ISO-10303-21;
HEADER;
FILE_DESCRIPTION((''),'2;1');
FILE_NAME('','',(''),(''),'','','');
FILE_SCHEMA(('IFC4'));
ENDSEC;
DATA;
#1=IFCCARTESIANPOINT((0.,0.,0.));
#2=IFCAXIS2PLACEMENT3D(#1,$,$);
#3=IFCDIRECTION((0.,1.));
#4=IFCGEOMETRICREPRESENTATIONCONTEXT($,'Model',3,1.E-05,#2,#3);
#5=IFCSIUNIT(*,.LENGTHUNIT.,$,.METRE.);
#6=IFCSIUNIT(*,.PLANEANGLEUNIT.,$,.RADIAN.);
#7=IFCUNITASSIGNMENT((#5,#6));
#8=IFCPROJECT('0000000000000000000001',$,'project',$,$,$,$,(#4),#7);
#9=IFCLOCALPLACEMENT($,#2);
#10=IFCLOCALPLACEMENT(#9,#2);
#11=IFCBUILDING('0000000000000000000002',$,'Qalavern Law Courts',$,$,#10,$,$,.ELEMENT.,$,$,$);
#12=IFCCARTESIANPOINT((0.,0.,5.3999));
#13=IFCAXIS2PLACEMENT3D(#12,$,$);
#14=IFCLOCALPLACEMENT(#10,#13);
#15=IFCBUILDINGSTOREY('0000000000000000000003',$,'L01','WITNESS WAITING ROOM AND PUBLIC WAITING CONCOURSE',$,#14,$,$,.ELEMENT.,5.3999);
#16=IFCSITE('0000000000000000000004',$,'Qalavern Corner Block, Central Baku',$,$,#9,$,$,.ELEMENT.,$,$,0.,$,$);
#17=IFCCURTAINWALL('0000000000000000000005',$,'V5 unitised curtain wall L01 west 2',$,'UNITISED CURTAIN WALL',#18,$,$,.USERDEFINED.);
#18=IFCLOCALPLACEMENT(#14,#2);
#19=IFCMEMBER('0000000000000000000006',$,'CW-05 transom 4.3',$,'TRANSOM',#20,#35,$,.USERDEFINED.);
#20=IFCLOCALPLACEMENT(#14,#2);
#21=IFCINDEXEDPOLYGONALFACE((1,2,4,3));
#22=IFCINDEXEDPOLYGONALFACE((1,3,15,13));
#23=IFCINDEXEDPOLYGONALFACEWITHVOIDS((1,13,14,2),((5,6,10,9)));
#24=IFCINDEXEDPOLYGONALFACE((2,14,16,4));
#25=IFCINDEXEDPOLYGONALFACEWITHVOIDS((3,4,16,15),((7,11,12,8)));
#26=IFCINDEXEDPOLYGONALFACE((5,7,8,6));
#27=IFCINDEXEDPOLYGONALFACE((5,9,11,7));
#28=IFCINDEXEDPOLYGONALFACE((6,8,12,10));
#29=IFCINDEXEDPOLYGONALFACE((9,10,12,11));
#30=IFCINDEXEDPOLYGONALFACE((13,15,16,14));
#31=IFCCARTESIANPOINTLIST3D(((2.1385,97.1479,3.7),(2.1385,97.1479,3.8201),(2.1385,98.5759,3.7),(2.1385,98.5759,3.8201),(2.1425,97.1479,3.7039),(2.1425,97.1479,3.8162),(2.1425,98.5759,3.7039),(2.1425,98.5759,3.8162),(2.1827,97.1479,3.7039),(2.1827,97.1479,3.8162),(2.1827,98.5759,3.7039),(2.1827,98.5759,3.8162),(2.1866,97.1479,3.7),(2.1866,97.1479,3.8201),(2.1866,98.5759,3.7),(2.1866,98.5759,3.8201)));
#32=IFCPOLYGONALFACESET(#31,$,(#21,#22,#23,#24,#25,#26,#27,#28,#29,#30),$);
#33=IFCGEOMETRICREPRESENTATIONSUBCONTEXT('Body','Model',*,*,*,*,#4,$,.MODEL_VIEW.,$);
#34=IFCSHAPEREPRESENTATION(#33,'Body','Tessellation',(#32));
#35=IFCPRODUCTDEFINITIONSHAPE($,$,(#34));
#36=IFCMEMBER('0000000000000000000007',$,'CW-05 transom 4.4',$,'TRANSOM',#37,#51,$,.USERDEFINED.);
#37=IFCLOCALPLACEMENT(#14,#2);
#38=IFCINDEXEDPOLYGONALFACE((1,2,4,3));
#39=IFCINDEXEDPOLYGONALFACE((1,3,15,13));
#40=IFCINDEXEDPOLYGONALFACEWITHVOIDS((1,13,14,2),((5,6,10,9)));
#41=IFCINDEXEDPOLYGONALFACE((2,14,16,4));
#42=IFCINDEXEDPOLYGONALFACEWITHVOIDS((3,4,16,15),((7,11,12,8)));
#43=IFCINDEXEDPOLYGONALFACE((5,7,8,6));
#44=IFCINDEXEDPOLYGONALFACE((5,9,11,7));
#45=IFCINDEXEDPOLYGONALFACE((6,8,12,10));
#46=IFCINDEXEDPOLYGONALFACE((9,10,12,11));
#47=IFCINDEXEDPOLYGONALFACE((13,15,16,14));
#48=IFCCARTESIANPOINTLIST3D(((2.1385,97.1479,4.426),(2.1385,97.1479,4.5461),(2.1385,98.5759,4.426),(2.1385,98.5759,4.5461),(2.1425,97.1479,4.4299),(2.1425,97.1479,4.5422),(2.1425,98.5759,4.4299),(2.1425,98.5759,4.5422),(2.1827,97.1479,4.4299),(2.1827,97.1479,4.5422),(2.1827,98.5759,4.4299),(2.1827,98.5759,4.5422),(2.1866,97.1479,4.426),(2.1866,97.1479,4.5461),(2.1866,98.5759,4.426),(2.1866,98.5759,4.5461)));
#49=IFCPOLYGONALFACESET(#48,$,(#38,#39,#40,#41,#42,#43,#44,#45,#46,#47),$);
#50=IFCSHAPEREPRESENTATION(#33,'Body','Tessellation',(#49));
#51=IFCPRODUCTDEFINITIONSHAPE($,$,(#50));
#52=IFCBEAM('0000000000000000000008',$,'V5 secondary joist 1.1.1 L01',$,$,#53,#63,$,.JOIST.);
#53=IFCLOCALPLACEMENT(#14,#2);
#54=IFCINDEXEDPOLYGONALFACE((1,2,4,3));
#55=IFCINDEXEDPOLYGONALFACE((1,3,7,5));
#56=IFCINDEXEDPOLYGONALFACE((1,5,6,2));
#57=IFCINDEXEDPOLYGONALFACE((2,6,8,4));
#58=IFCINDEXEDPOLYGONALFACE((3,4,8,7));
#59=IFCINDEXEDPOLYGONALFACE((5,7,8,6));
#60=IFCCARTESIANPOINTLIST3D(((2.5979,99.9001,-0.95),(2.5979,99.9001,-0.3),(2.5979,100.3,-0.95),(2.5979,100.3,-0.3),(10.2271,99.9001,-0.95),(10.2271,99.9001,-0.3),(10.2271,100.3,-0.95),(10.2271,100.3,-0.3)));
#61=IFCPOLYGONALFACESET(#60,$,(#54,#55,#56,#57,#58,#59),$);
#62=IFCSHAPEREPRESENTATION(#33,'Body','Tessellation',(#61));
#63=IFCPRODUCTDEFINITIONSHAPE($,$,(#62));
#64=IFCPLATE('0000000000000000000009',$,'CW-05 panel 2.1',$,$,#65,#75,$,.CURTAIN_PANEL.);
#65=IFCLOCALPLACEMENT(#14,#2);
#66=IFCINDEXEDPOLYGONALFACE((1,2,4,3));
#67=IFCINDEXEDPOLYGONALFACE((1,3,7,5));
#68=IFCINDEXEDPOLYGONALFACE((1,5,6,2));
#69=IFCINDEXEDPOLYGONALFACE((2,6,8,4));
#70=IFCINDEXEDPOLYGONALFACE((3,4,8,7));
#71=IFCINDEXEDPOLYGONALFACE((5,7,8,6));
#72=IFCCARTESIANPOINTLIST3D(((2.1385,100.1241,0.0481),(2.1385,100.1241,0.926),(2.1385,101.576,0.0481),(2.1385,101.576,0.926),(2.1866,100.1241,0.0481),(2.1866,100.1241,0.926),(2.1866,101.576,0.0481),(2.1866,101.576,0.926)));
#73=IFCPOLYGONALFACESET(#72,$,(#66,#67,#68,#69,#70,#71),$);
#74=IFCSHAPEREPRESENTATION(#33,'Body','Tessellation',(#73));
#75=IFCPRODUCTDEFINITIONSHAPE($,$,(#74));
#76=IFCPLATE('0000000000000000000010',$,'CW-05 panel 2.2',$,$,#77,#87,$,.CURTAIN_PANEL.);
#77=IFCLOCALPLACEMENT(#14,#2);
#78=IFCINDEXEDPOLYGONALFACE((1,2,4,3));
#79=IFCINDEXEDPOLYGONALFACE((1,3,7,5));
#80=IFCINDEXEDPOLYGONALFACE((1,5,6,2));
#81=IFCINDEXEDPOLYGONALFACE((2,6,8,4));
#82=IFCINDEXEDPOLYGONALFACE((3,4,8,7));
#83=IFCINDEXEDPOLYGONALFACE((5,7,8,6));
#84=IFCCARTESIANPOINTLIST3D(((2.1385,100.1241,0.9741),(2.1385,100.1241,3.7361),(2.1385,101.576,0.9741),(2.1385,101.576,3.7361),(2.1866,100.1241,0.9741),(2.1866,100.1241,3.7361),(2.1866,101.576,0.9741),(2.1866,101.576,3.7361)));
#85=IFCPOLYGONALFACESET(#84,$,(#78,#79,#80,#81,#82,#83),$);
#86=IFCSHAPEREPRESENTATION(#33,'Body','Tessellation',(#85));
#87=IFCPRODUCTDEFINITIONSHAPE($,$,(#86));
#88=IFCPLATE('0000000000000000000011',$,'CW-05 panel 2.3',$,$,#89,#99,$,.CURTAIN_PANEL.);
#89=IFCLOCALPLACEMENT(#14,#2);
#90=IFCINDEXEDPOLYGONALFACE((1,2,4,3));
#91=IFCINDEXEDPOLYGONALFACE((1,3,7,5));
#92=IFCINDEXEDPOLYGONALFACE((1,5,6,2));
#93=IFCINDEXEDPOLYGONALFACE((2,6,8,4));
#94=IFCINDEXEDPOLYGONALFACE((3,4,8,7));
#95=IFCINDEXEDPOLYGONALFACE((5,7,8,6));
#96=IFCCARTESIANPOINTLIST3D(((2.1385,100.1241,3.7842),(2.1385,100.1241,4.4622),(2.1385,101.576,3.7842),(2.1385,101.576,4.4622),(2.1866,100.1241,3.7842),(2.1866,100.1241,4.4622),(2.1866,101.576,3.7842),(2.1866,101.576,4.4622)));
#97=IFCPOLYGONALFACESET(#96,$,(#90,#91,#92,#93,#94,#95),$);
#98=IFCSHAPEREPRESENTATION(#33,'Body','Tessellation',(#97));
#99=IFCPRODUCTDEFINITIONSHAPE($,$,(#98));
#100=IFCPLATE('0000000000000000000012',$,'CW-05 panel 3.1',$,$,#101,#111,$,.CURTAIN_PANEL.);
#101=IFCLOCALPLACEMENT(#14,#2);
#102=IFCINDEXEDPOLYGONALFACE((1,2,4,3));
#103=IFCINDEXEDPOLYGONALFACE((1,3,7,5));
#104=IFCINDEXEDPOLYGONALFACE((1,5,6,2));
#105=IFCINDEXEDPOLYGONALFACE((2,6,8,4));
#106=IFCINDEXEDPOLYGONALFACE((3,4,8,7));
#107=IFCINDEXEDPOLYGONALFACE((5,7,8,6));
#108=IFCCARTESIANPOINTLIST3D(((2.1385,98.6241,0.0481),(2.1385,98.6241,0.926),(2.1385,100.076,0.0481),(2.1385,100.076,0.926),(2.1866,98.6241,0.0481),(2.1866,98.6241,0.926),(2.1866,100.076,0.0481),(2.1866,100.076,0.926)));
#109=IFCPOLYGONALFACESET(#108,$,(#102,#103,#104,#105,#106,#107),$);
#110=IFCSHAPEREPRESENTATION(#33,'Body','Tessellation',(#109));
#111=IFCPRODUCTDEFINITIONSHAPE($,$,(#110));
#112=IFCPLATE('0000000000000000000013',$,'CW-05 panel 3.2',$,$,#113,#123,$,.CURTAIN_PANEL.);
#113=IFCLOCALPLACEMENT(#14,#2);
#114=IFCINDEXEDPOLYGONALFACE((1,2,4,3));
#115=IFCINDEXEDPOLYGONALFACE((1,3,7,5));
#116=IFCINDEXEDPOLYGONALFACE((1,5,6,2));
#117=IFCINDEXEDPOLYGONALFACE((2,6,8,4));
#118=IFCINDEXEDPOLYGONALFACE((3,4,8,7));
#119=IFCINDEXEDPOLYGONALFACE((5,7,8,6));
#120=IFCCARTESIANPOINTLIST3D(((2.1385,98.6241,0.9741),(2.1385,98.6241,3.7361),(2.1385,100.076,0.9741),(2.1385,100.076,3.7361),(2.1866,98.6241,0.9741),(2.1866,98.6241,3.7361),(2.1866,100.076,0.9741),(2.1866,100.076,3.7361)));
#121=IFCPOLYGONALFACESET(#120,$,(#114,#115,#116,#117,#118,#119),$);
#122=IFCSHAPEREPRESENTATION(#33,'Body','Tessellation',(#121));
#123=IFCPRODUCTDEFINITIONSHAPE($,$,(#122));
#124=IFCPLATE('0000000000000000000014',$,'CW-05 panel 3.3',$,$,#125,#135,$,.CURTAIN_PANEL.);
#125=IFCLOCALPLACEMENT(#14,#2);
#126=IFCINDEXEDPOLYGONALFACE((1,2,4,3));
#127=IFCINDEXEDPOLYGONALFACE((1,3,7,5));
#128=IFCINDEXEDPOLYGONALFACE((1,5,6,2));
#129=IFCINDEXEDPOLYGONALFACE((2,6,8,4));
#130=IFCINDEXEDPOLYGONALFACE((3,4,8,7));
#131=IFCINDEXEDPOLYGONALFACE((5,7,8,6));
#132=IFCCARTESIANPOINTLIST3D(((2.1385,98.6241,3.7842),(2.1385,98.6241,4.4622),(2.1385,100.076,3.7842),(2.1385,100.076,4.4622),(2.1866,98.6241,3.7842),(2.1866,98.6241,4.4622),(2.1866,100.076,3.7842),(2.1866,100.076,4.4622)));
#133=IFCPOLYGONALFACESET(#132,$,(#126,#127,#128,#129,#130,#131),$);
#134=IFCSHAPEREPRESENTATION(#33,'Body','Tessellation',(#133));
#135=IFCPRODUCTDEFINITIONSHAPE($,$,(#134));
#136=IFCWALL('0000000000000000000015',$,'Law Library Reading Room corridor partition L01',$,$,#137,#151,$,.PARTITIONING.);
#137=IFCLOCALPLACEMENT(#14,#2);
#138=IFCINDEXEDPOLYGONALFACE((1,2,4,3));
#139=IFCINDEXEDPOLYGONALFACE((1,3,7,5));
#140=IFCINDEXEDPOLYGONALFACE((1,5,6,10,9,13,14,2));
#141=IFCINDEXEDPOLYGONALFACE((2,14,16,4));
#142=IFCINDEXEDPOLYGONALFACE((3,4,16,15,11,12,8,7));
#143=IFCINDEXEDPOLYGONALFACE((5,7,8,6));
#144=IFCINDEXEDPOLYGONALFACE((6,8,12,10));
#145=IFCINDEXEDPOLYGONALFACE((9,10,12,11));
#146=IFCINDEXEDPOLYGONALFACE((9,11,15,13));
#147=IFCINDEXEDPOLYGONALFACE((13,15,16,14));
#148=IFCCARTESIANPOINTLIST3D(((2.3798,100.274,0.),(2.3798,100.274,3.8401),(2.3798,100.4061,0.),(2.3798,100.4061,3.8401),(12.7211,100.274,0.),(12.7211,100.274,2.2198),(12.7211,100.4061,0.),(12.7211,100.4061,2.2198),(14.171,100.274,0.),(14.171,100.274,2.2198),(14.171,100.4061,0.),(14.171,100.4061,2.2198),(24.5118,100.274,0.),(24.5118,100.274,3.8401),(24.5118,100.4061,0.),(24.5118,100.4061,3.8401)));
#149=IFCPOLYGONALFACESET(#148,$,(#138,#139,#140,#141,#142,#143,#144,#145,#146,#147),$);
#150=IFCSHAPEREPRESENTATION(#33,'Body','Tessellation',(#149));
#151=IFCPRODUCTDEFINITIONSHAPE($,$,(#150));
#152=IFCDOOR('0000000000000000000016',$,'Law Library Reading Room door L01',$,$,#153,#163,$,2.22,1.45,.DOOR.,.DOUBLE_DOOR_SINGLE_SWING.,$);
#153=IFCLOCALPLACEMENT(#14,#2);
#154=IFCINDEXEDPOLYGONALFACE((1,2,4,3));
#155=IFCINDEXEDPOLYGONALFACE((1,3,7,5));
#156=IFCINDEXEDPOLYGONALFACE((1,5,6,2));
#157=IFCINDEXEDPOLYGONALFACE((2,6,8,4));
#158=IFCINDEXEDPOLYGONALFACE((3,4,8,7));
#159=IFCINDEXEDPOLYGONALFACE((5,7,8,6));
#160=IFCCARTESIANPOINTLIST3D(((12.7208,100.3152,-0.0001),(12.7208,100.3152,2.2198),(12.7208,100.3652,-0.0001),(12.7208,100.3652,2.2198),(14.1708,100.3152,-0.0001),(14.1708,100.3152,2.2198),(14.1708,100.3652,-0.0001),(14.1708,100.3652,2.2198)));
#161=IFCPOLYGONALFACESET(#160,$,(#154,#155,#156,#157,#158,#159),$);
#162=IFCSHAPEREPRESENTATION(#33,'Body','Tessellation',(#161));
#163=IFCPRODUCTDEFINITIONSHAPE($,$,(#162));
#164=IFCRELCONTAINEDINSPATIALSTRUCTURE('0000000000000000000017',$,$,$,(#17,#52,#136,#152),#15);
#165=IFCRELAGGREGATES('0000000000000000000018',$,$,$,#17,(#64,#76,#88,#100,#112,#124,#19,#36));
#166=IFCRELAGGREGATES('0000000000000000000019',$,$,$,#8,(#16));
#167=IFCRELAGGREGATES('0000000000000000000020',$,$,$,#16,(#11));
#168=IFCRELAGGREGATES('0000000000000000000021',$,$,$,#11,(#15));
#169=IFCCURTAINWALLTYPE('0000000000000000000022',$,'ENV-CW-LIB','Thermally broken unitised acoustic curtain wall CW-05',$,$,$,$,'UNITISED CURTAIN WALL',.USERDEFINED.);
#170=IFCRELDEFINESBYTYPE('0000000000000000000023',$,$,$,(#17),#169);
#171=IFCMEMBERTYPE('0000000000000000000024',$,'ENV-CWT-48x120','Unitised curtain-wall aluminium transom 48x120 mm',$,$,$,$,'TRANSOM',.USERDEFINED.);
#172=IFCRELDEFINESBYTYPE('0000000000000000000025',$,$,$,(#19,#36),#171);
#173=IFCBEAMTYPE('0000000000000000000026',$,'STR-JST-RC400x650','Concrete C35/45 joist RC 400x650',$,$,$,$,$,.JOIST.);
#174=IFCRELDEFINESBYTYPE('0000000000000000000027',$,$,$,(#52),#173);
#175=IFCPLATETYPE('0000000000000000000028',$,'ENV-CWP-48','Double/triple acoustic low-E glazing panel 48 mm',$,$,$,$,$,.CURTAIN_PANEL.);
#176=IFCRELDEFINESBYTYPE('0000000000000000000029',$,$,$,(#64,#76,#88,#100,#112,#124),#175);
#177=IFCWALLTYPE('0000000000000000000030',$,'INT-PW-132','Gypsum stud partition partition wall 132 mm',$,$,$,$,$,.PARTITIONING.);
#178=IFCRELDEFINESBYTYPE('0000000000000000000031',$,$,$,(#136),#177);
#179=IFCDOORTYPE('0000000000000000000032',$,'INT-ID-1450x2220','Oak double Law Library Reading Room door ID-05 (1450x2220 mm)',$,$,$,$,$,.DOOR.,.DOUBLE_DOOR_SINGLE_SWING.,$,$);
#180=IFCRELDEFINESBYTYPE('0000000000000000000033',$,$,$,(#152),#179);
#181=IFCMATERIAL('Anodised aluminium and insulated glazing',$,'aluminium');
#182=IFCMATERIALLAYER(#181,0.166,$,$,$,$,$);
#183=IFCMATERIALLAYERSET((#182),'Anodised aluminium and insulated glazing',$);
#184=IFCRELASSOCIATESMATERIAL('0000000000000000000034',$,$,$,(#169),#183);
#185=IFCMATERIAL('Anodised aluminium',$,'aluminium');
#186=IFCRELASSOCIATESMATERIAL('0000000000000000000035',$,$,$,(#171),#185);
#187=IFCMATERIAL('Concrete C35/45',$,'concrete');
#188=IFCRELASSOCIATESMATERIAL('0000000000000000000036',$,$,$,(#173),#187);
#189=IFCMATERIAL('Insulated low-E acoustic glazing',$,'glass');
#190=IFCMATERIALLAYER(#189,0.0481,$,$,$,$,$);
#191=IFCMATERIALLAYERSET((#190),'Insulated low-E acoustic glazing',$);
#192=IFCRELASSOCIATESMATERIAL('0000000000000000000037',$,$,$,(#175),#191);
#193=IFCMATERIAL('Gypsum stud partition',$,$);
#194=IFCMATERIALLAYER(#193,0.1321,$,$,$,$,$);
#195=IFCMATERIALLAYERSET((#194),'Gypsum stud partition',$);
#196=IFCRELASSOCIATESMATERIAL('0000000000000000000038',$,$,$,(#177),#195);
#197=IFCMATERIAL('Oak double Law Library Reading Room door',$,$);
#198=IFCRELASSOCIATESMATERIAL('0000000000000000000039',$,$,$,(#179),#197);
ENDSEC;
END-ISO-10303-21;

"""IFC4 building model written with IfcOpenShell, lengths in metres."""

from ifc_helpers import new_model, si_unit, direction, frame, frame_2d, origin, origin_2d, place, context, subcontext, project, spatial, rectangle, hollow_rectangle, extrude, material, layer, layer_set, material_profile, profile_set, type_object, element, fill, aggregate, save


model = new_model("IFC4")

# Units and contexts
model_context = context("Model", 3, precision=1e-05, world=origin(), true_north=direction((0.0, 1.0)))
body_context = subcontext(model_context, "Body", "Model", "MODEL_VIEW")
ifc_project = project(units=[si_unit("LENGTHUNIT", "METRE"), si_unit("PLANEANGLEUNIT", "RADIAN")], contexts=[model_context])

# Site, building, storey
site_placement = place(None, origin())
site = spatial("IfcSite", under=ifc_project, at=site_placement, Name="Qalavern Corner Block, Central Baku", CompositionType="ELEMENT", RefElevation=0.0)
building_placement = place(site_placement, origin())
building = spatial("IfcBuilding", under=site, at=building_placement, Name="Qalavern Law Courts", CompositionType="ELEMENT")
storey_placement = place(building_placement, frame((0.0, 0.0, 5.3999)))
storey = spatial("IfcBuildingStorey", under=building, at=storey_placement, Name="L01", Description="WITNESS WAITING ROOM AND PUBLIC WAITING CONCOURSE", CompositionType="ELEMENT", Elevation=5.3999)

# Curtain wall, members
ifc_material_1 = material(Name="Anodised aluminium and insulated glazing", Category="aluminium")
ifc_layer_1 = layer(ifc_material_1, 0.166)
ifc_layer_set_1 = layer_set([ifc_layer_1], Name="Anodised aluminium and insulated glazing")
curtain_wall_type = type_object("IfcCurtainWallType", Name="ENV-CW-LIB", Description="Thermally broken unitised acoustic curtain wall CW-05", ElementType="UNITISED CURTAIN WALL", PredefinedType="USERDEFINED", material=ifc_layer_set_1)
curtain_wall_placement = place(storey_placement, origin())
curtain_wall = element("IfcCurtainWall", 1, at=curtain_wall_placement, inside=storey, type_object=curtain_wall_type, Name="V5 unitised curtain wall L01 west 2", ObjectType="UNITISED CURTAIN WALL", PredefinedType="USERDEFINED")
ifc_material_2 = material(Name="Anodised aluminium", Category="aluminium")
ifc_material_profile_1 = material_profile(ifc_material_2, hollow_rectangle(XDim=0.0481, YDim=0.1201, WallThickness=0.0039, at=origin_2d()), Name="ALU TRANSOM 48x120")
ifc_profile_set_1 = profile_set([ifc_material_profile_1], Name="Anodised aluminium")
member_type_1 = type_object("IfcMemberType", Name="ENV-CWT-48x120", Description="Unitised curtain-wall aluminium transom 48x120 mm", ElementType="TRANSOM", PredefinedType="USERDEFINED", material=ifc_profile_set_1)
member_1_placement = place(storey_placement, frame((2.1626, 98.5759, 3.76), z_axis=(0.0, -1.0, 0.0), x_axis=(1.0, 0.0, 0.0)))
member_1 = element("IfcMember", 2, at=member_1_placement, type_object=member_type_1, Name="CW-05 transom 4.3", ObjectType="TRANSOM", PredefinedType="USERDEFINED", context=body_context, shape_type="SweptSolid", body=[
    extrude(hollow_rectangle(XDim=0.0481, YDim=0.1201, WallThickness=0.0039, at=origin_2d()), origin(), (0.0, 0.0, 1.0), 1.428),
])
member_2_placement = place(storey_placement, frame((2.1626, 98.5759, 4.4861), z_axis=(0.0, -1.0, 0.0), x_axis=(1.0, 0.0, 0.0)))
member_2 = element("IfcMember", 3, at=member_2_placement, type_object=member_type_1, Name="CW-05 transom 4.4", ObjectType="TRANSOM", PredefinedType="USERDEFINED", context=body_context, shape_type="SweptSolid", body=[
    extrude(hollow_rectangle(XDim=0.0481, YDim=0.1201, WallThickness=0.0039, at=origin_2d()), origin(), (0.0, 0.0, 1.0), 1.428),
])

# Beam
ifc_material_3 = material(Name="Concrete C35/45", Category="concrete")
ifc_material_profile_2 = material_profile(ifc_material_3, rectangle(XDim=0.3999, YDim=0.6499, at=origin_2d()), Name="RC 400x650")
ifc_profile_set_2 = profile_set([ifc_material_profile_2], Name="Concrete C35/45")
beam_type = type_object("IfcBeamType", Name="STR-JST-RC400x650", Description="Concrete C35/45 joist RC 400x650", PredefinedType="JOIST", material=ifc_profile_set_2)
beam_placement = place(storey_placement, frame((2.5979, 100.1001, -0.625), z_axis=(1.0, 0.0, 0.0), x_axis=(0.0, 1.0, 0.0)))
element("IfcBeam", 4, at=beam_placement, inside=storey, type_object=beam_type, Name="V5 secondary joist 1.1.1 L01", PredefinedType="JOIST", context=body_context, shape_type="SweptSolid", body=[
    extrude(rectangle(XDim=0.3999, YDim=0.6499, at=origin_2d()), origin(), (0.0, 0.0, 1.0), 7.6292),
])

# Plates
ifc_material_4 = material(Name="Insulated low-E acoustic glazing", Category="glass")
ifc_layer_2 = layer(ifc_material_4, 0.0481)
ifc_layer_set_2 = layer_set([ifc_layer_2], Name="Insulated low-E acoustic glazing")
plate_type = type_object("IfcPlateType", Name="ENV-CWP-48", Description="Double/triple acoustic low-E glazing panel 48 mm", PredefinedType="CURTAIN_PANEL", material=ifc_layer_set_2)
plate_1_placement = place(storey_placement, frame((2.1626, 100.8501, 0.0481), z_axis=(0.0, 0.0, 1.0), x_axis=(0.0, -1.0, 0.0)))
plate_1 = element("IfcPlate", 5, at=plate_1_placement, type_object=plate_type, Name="CW-05 panel 2.1", PredefinedType="CURTAIN_PANEL", context=body_context, shape_type="SweptSolid", body=[
    extrude(rectangle(XDim=1.4519, YDim=0.0481, at=origin_2d()), origin(), (0.0, 0.0, 1.0), 0.8779),
])
plate_2_placement = place(storey_placement, frame((2.1626, 100.8501, 0.9741), z_axis=(0.0, 0.0, 1.0), x_axis=(0.0, -1.0, 0.0)))
plate_2 = element("IfcPlate", 6, at=plate_2_placement, type_object=plate_type, Name="CW-05 panel 2.2", PredefinedType="CURTAIN_PANEL", context=body_context, shape_type="SweptSolid", body=[
    extrude(rectangle(XDim=1.4519, YDim=0.0481, at=origin_2d()), origin(), (0.0, 0.0, 1.0), 2.762),
])
plate_3_placement = place(storey_placement, frame((2.1626, 100.8501, 3.7842), z_axis=(0.0, 0.0, 1.0), x_axis=(0.0, -1.0, 0.0)))
plate_3 = element("IfcPlate", 7, at=plate_3_placement, type_object=plate_type, Name="CW-05 panel 2.3", PredefinedType="CURTAIN_PANEL", context=body_context, shape_type="SweptSolid", body=[
    extrude(rectangle(XDim=1.4519, YDim=0.0481, at=origin_2d()), origin(), (0.0, 0.0, 1.0), 0.678),
])
plate_4_placement = place(storey_placement, frame((2.1626, 99.3501, 0.0481), z_axis=(0.0, 0.0, 1.0), x_axis=(0.0, -1.0, 0.0)))
plate_4 = element("IfcPlate", 8, at=plate_4_placement, type_object=plate_type, Name="CW-05 panel 3.1", PredefinedType="CURTAIN_PANEL", context=body_context, shape_type="SweptSolid", body=[
    extrude(rectangle(XDim=1.4519, YDim=0.0481, at=origin_2d()), origin(), (0.0, 0.0, 1.0), 0.8779),
])
plate_5_placement = place(storey_placement, frame((2.1626, 99.3501, 0.9741), z_axis=(0.0, 0.0, 1.0), x_axis=(0.0, -1.0, 0.0)))
plate_5 = element("IfcPlate", 9, at=plate_5_placement, type_object=plate_type, Name="CW-05 panel 3.2", PredefinedType="CURTAIN_PANEL", context=body_context, shape_type="SweptSolid", body=[
    extrude(rectangle(XDim=1.4519, YDim=0.0481, at=origin_2d()), origin(), (0.0, 0.0, 1.0), 2.762),
])
plate_6_placement = place(storey_placement, frame((2.1626, 99.3501, 3.7842), z_axis=(0.0, 0.0, 1.0), x_axis=(0.0, -1.0, 0.0)))
plate_6 = element("IfcPlate", 10, at=plate_6_placement, type_object=plate_type, Name="CW-05 panel 3.3", PredefinedType="CURTAIN_PANEL", context=body_context, shape_type="SweptSolid", body=[
    extrude(rectangle(XDim=1.4519, YDim=0.0481, at=origin_2d()), origin(), (0.0, 0.0, 1.0), 0.678),
])
aggregate(curtain_wall, [plate_1, plate_2, plate_3, plate_4, plate_5, plate_6, member_1, member_2])

# Wall, opening, door
ifc_material_5 = material(Name="Gypsum stud partition")
ifc_layer_3 = layer(ifc_material_5, 0.1321)
ifc_layer_set_3 = layer_set([ifc_layer_3], Name="Gypsum stud partition")
wall_type = type_object("IfcWallType", Name="INT-PW-132", Description="Gypsum stud partition partition wall 132 mm", PredefinedType="PARTITIONING", material=ifc_layer_set_3)
wall_placement = place(storey_placement, frame((2.3799, 100.3401, 0.0), z_axis=(0.0, 0.0, 1.0), x_axis=(1.0, 0.0, 0.0)))
wall = element("IfcWall", 11, at=wall_placement, inside=storey, type_object=wall_type, Name="Law Library Reading Room corridor partition L01", PredefinedType="PARTITIONING", context=body_context, shape_type="SweptSolid", body=[
    extrude(rectangle(XDim=22.1321, YDim=0.1321, at=frame_2d((11.0659, 0.0))), origin(), (0.0, 0.0, 1.0), 3.8401),
])
opening_placement = place(wall_placement, frame((10.3411, 0.0, 0.0)))
opening = element("IfcOpeningElement", 12, at=opening_placement, cuts=wall, PredefinedType="OPENING", context=body_context, shape_type="SweptSolid", body=[
    extrude(rectangle(XDim=1.45, YDim=2.22, at=frame_2d((0.7251, 1.1099))), frame((0.0, 0.0811, 0.0), z_axis=(0.0, -1.0, 0.0), x_axis=(1.0, 0.0, 0.0)), (0.0, 0.0, 1.0), 0.1619),
])
ifc_material_6 = material(Name="Oak double Law Library Reading Room door")
door_type = type_object("IfcDoorType", Name="INT-ID-1450x2220", Description="Oak double Law Library Reading Room door ID-05 (1450x2220 mm)", OperationType="DOUBLE_DOOR_SINGLE_SWING", PredefinedType="DOOR", material=ifc_material_6)
door_placement = place(opening_placement, frame((1.45, 0.0, 0.0), z_axis=(0.0, 0.0, 1.0), x_axis=(-1.0, 0.0, 0.0)))
door = element("IfcDoor", 13, at=door_placement, inside=storey, type_object=door_type, Name="Law Library Reading Room door L01", OperationType="DOUBLE_DOOR_SINGLE_SWING", OverallHeight=2.22, OverallWidth=1.45, PredefinedType="DOOR", context=body_context, shape_type="SweptSolid", body=[
    extrude(rectangle(XDim=1.45, YDim=2.22, at=frame_2d((0.7251, 1.1099))), frame((0.0, 0.0249, 0.0), z_axis=(0.0, -1.0, 0.0), x_axis=(1.0, 0.0, 0.0)), (0.0, 0.0, 1.0), 0.05),
])
fill(opening, door)

save(model, "model.ifc")
